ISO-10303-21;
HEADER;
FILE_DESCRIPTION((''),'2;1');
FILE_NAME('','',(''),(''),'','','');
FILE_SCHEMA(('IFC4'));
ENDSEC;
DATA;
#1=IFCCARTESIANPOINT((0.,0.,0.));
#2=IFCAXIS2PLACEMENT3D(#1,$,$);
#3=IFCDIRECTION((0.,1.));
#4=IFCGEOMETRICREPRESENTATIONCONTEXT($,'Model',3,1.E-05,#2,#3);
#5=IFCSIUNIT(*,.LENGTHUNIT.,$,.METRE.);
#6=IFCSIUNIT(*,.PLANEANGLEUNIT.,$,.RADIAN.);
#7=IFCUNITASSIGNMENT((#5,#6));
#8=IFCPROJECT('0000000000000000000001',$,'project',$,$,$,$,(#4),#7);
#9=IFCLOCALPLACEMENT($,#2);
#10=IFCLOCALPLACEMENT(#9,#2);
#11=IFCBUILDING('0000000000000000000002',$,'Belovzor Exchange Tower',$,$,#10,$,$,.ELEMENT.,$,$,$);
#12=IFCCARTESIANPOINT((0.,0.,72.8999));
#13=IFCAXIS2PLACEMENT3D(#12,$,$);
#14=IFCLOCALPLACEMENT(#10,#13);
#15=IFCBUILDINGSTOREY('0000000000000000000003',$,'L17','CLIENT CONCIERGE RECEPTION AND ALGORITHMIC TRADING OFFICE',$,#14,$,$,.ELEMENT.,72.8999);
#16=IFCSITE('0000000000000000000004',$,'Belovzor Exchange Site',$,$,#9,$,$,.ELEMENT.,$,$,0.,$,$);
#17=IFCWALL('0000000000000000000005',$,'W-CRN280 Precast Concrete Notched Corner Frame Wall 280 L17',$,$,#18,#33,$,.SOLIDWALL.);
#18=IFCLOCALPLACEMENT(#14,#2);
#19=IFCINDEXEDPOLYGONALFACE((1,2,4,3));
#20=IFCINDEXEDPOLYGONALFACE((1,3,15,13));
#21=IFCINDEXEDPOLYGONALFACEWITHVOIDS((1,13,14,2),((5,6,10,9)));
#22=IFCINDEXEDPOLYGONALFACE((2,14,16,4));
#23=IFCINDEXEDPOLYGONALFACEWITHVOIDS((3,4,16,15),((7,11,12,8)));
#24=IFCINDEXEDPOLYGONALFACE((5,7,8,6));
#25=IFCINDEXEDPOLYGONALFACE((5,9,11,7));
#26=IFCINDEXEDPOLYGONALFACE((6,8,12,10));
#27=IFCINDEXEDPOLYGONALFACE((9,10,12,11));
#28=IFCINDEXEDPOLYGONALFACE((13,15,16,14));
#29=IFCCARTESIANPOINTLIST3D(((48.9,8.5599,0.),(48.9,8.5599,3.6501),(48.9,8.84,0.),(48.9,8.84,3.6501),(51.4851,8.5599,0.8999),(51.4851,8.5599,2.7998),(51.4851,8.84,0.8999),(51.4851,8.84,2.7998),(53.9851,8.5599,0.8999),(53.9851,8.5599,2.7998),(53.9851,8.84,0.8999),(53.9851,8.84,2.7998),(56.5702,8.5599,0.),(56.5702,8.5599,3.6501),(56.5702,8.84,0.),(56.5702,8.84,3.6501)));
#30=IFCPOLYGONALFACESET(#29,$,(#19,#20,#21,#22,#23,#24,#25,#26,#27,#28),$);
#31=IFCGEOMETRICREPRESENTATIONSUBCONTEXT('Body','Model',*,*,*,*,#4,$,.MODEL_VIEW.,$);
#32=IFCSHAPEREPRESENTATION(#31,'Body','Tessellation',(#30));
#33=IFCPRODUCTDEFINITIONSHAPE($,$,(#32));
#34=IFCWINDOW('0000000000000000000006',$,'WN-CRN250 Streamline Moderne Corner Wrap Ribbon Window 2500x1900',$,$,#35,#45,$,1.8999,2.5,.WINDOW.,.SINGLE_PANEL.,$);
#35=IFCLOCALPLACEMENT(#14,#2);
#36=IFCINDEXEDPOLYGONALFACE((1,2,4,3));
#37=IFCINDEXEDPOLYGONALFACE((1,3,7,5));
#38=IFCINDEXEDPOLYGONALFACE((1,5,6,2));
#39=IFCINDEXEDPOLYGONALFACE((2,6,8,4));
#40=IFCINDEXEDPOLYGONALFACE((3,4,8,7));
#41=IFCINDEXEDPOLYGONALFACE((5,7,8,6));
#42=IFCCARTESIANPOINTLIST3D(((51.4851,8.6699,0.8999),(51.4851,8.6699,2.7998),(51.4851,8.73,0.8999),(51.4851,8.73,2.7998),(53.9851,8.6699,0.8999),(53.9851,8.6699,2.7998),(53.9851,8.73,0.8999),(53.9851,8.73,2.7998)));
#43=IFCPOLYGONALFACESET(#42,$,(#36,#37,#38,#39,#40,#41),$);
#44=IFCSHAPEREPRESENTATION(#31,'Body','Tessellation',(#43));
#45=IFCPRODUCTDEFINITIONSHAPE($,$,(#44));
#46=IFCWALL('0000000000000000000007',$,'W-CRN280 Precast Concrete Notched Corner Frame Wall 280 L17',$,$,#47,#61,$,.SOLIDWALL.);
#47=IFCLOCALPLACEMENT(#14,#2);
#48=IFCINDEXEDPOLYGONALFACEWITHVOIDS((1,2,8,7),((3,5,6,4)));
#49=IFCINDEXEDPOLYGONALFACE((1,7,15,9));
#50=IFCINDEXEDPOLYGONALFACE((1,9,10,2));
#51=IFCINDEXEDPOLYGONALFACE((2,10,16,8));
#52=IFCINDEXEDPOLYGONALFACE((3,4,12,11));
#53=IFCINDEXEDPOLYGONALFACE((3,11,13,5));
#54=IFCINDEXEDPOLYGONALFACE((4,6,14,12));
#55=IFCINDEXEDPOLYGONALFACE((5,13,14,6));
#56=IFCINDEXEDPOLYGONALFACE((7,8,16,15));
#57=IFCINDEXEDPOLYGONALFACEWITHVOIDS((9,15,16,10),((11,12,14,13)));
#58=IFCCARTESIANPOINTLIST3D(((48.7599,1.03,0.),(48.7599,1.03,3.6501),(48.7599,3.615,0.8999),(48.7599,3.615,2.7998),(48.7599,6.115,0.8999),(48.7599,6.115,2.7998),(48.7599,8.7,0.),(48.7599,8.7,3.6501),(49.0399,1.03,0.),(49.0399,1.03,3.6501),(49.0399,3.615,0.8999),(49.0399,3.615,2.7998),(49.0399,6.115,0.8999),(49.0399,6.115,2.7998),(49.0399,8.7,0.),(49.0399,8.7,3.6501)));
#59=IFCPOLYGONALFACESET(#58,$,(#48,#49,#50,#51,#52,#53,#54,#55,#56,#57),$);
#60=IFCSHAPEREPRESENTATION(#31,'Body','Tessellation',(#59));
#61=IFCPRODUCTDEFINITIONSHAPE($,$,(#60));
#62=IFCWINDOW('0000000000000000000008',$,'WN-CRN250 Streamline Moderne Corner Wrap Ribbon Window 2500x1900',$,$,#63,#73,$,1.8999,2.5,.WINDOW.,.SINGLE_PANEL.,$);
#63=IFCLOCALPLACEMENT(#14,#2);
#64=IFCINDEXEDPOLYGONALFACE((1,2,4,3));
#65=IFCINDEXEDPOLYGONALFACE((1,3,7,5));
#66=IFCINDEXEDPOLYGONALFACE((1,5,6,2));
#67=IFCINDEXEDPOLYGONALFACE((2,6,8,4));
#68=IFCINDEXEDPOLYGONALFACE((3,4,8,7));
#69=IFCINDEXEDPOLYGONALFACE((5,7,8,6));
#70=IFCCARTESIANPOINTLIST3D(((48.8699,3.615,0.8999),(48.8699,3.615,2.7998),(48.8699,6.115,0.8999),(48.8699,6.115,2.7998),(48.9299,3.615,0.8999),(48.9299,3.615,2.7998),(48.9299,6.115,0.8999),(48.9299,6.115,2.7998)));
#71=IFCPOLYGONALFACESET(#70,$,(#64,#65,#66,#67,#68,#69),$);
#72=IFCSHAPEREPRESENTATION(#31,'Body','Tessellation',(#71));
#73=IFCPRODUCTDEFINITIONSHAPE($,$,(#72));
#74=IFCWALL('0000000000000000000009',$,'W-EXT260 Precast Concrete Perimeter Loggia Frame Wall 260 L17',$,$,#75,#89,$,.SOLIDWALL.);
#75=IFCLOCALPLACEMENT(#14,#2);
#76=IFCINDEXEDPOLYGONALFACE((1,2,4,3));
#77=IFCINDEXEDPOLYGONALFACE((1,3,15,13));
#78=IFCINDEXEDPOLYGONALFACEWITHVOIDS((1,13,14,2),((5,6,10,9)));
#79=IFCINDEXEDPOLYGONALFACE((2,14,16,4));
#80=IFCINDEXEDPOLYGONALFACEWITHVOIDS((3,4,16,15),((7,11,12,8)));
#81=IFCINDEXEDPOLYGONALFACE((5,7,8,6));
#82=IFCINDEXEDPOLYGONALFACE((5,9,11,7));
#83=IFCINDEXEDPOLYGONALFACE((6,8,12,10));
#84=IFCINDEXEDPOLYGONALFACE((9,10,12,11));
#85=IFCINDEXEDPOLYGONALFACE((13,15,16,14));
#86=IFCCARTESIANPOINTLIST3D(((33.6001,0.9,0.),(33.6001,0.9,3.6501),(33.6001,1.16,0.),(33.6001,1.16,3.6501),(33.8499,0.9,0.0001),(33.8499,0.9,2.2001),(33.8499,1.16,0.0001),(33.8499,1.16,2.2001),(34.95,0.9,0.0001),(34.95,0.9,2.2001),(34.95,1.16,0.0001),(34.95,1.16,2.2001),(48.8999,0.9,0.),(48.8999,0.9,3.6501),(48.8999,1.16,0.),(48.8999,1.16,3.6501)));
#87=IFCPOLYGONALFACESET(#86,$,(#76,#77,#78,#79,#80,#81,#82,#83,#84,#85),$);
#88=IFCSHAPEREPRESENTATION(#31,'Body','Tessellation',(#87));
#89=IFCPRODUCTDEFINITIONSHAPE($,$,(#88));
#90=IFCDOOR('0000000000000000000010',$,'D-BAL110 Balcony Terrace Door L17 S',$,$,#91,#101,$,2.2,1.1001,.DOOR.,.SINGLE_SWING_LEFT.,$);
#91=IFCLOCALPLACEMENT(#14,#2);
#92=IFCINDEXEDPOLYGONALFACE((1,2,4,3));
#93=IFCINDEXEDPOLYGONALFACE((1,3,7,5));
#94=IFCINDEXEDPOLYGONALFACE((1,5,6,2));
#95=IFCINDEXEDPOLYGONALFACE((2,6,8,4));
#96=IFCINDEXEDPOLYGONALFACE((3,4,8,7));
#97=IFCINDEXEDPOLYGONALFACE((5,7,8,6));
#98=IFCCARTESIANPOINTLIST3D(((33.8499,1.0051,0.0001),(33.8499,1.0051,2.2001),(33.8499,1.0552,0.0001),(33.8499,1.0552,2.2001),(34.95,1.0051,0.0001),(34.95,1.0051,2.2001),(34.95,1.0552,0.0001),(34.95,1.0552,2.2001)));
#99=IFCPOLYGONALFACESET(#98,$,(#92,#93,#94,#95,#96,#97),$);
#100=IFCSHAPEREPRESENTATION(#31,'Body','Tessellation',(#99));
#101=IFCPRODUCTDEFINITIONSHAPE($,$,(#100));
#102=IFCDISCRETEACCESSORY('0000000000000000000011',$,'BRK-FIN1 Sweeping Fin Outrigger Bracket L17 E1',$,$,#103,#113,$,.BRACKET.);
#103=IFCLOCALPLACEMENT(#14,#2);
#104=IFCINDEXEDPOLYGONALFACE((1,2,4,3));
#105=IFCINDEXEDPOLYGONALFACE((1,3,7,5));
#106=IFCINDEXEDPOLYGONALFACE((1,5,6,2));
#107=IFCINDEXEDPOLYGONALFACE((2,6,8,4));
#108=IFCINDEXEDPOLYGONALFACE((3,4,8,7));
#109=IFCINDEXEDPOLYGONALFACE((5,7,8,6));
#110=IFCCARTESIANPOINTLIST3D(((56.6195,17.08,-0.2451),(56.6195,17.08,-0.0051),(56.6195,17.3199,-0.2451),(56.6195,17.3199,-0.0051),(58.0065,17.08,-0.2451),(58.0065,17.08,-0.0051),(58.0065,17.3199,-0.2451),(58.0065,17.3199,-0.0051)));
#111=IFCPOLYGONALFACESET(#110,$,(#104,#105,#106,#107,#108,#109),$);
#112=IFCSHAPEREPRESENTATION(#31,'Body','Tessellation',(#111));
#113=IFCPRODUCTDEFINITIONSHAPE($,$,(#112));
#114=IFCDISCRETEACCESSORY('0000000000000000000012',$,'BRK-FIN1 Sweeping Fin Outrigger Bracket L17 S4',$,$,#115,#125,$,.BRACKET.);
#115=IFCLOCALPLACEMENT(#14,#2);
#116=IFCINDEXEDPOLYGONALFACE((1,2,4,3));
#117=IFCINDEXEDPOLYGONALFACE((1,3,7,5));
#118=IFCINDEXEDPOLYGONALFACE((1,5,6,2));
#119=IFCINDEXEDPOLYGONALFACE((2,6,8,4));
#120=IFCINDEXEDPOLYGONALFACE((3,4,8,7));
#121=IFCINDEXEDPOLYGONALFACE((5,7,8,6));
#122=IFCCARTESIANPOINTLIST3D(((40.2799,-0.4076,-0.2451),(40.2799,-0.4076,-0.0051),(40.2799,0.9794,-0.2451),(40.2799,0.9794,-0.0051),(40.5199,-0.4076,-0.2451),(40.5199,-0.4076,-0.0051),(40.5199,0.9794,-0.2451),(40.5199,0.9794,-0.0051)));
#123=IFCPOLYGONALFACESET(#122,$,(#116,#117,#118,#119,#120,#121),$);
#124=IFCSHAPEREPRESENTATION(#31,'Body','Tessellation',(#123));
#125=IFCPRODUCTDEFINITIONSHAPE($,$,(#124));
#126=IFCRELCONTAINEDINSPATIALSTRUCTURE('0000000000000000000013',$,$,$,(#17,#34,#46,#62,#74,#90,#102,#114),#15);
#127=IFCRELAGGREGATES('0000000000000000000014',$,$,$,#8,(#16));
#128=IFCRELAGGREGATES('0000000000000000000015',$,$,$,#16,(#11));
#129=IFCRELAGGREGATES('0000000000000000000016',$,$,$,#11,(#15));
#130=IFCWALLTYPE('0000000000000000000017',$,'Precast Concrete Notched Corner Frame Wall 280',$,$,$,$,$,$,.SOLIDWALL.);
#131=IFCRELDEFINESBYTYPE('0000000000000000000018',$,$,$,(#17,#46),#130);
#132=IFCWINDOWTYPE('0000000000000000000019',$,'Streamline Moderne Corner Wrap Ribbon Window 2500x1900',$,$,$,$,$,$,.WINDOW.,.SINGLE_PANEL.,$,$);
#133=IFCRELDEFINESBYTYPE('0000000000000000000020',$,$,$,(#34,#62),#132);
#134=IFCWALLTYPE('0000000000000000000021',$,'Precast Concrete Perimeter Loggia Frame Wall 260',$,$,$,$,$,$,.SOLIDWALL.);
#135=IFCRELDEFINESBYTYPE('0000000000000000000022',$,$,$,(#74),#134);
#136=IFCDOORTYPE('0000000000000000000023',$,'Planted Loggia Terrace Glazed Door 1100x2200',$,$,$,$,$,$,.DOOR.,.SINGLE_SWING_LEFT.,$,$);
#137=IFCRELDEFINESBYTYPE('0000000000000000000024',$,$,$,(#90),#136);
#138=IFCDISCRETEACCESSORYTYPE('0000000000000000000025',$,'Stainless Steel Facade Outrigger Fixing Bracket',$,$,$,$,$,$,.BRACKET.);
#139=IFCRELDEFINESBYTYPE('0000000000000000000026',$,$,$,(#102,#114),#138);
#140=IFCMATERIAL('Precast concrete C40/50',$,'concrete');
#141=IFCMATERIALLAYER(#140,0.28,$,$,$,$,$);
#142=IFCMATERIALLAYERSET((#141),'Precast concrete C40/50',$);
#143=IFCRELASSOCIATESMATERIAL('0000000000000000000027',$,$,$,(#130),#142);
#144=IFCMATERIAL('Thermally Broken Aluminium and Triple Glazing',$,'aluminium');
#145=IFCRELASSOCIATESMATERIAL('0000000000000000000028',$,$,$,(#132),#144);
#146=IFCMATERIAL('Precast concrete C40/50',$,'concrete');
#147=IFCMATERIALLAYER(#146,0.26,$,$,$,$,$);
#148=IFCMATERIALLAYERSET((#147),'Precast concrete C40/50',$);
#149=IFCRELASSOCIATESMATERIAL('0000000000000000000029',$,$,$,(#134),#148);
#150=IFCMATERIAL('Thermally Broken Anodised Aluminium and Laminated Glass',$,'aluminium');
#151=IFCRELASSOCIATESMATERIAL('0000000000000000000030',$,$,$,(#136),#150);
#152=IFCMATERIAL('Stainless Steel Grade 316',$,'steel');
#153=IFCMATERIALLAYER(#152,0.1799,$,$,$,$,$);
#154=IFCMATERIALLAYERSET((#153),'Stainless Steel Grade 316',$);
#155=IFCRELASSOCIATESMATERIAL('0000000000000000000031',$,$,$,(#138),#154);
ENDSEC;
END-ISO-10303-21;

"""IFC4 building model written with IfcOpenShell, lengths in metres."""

from ifc_helpers import new_model, si_unit, direction, frame, frame_2d, origin, origin_2d, place, context, subcontext, project, spatial, rectangle, extrude, material, layer, layer_set, type_object, element, fill, save


model = new_model("IFC4")

# Units and contexts
model_context = context("Model", 3, precision=1e-05, world=origin(), true_north=direction((0.0, 1.0)))
body_context = subcontext(model_context, "Body", "Model", "MODEL_VIEW")
ifc_project = project(units=[si_unit("LENGTHUNIT", "METRE"), si_unit("PLANEANGLEUNIT", "RADIAN")], contexts=[model_context])

# Site, building, storey
site_placement = place(None, origin())
site = spatial("IfcSite", under=ifc_project, at=site_placement, Name="Belovzor Exchange Site", CompositionType="ELEMENT", RefElevation=0.0)
building_placement = place(site_placement, origin())
building = spatial("IfcBuilding", under=site, at=building_placement, Name="Belovzor Exchange Tower", CompositionType="ELEMENT")
storey_placement = place(building_placement, frame((0.0, 0.0, 72.8999)))
storey = spatial("IfcBuildingStorey", under=building, at=storey_placement, Name="L17", Description="CLIENT CONCIERGE RECEPTION AND ALGORITHMIC TRADING OFFICE", CompositionType="ELEMENT", Elevation=72.8999)

# Walls, openings, windows
ifc_material_1 = material(Name="Precast concrete C40/50", Category="concrete")
ifc_layer_1 = layer(ifc_material_1, 0.28)
ifc_layer_set_1 = layer_set([ifc_layer_1], Name="Precast concrete C40/50")
wall_type_1 = type_object("IfcWallType", Name="Precast Concrete Notched Corner Frame Wall 280", PredefinedType="SOLIDWALL", material=ifc_layer_set_1)
wall_1_placement = place(storey_placement, frame((56.5701, 8.7, 0.0), z_axis=(0.0, 0.0, 1.0), x_axis=(-1.0, 0.0, 0.0)))
wall_1 = element("IfcWall", 1, at=wall_1_placement, inside=storey, type_object=wall_type_1, Name="W-CRN280 Precast Concrete Notched Corner Frame Wall 280 L17", PredefinedType="SOLIDWALL", context=body_context, shape_type="SweptSolid", body=[
    extrude(rectangle(XDim=7.6702, YDim=0.28, at=frame_2d((3.835, 0.0))), origin(), (0.0, 0.0, 1.0), 3.6501),
])
opening_1_placement = place(wall_1_placement, frame((2.585, 0.0, 0.8999)))
opening_1 = element("IfcOpeningElement", 2, at=opening_1_placement, cuts=wall_1, PredefinedType="OPENING", context=body_context, shape_type="SweptSolid", body=[
    extrude(rectangle(XDim=2.5, YDim=1.8999, at=frame_2d((1.25, 0.95))), frame((0.0, 0.1499, 0.0), z_axis=(0.0, -1.0, 0.0), x_axis=(1.0, 0.0, 0.0)), (0.0, 0.0, 1.0), 0.3),
])
ifc_material_2 = material(Name="Thermally Broken Aluminium and Triple Glazing", Category="aluminium")
window_type = type_object("IfcWindowType", Name="Streamline Moderne Corner Wrap Ribbon Window 2500x1900", PartitioningType="SINGLE_PANEL", PredefinedType="WINDOW", material=ifc_material_2)
window_1_placement = place(opening_1_placement, origin())
window_1 = element("IfcWindow", 3, at=window_1_placement, inside=storey, type_object=window_type, Name="WN-CRN250 Streamline Moderne Corner Wrap Ribbon Window 2500x1900", OverallHeight=1.8999, OverallWidth=2.5, PartitioningType="SINGLE_PANEL", PredefinedType="WINDOW", context=body_context, shape_type="SweptSolid", body=[
    extrude(rectangle(XDim=2.5, YDim=1.8999, at=frame_2d((1.25, 0.95))), frame((0.0, 0.03, 0.0), z_axis=(0.0, -1.0, 0.0), x_axis=(1.0, 0.0, 0.0)), (0.0, 0.0, 1.0), 0.0601),
])
fill(opening_1, window_1)
wall_2_placement = place(storey_placement, frame((48.8999, 8.7, 0.0), z_axis=(0.0, 0.0, 1.0), x_axis=(0.0, -1.0, 0.0)))
wall_2 = element("IfcWall", 4, at=wall_2_placement, inside=storey, type_object=wall_type_1, Name="W-CRN280 Precast Concrete Notched Corner Frame Wall 280 L17", PredefinedType="SOLIDWALL", context=body_context, shape_type="SweptSolid", body=[
    extrude(rectangle(XDim=7.6699, YDim=0.28, at=frame_2d((3.835, 0.0))), origin(), (0.0, 0.0, 1.0), 3.6501),
])
opening_2_placement = place(wall_2_placement, frame((2.585, 0.0, 0.8999)))
opening_2 = element("IfcOpeningElement", 5, at=opening_2_placement, cuts=wall_2, PredefinedType="OPENING", context=body_context, shape_type="SweptSolid", body=[
    extrude(rectangle(XDim=2.5, YDim=1.8999, at=frame_2d((1.25, 0.95))), frame((0.0, 0.1499, 0.0), z_axis=(0.0, -1.0, 0.0), x_axis=(1.0, 0.0, 0.0)), (0.0, 0.0, 1.0), 0.3),
])
window_2_placement = place(opening_2_placement, origin())
window_2 = element("IfcWindow", 6, at=window_2_placement, inside=storey, type_object=window_type, Name="WN-CRN250 Streamline Moderne Corner Wrap Ribbon Window 2500x1900", OverallHeight=1.8999, OverallWidth=2.5, PartitioningType="SINGLE_PANEL", PredefinedType="WINDOW", context=body_context, shape_type="SweptSolid", body=[
    extrude(rectangle(XDim=2.5, YDim=1.8999, at=frame_2d((1.25, 0.95))), frame((0.0, 0.03, 0.0), z_axis=(0.0, -1.0, 0.0), x_axis=(1.0, 0.0, 0.0)), (0.0, 0.0, 1.0), 0.0601),
])
fill(opening_2, window_2)

# Wall, opening, door
ifc_material_3 = material(Name="Precast concrete C40/50", Category="concrete")
ifc_layer_2 = layer(ifc_material_3, 0.26)
ifc_layer_set_2 = layer_set([ifc_layer_2], Name="Precast concrete C40/50")
wall_type_2 = type_object("IfcWallType", Name="Precast Concrete Perimeter Loggia Frame Wall 260", PredefinedType="SOLIDWALL", material=ifc_layer_set_2)
wall_3_placement = place(storey_placement, frame((48.8999, 1.03, 0.0), z_axis=(0.0, 0.0, 1.0), x_axis=(-1.0, 0.0, 0.0)))
wall_3 = element("IfcWall", 7, at=wall_3_placement, inside=storey, type_object=wall_type_2, Name="W-EXT260 Precast Concrete Perimeter Loggia Frame Wall 260 L17", PredefinedType="SOLIDWALL", context=body_context, shape_type="SweptSolid", body=[
    extrude(rectangle(XDim=15.2998, YDim=0.26, at=frame_2d((7.6499, 0.0))), origin(), (0.0, 0.0, 1.0), 3.6501),
])
opening_3_placement = place(wall_3_placement, frame((13.95, 0.0, 0.0)))
opening_3 = element("IfcOpeningElement", 8, at=opening_3_placement, cuts=wall_3, PredefinedType="OPENING", context=body_context, shape_type="SweptSolid", body=[
    extrude(rectangle(XDim=1.1001, YDim=2.2, at=frame_2d((0.55, 1.1001))), frame((0.0, 0.1399, 0.0), z_axis=(0.0, -1.0, 0.0), x_axis=(1.0, 0.0, 0.0)), (0.0, 0.0, 1.0), 0.28),
])
ifc_material_4 = material(Name="Thermally Broken Anodised Aluminium and Laminated Glass", Category="aluminium")
door_type_1 = type_object("IfcDoorType", Name="Planted Loggia Terrace Glazed Door 1100x2200", OperationType="SINGLE_SWING_LEFT", PredefinedType="DOOR", material=ifc_material_4)
door_1_placement = place(opening_3_placement, origin())
door_1 = element("IfcDoor", 9, at=door_1_placement, inside=storey, type_object=door_type_1, Name="D-BAL110 Balcony Terrace Door L17 S", OperationType="SINGLE_SWING_LEFT", OverallHeight=2.2, OverallWidth=1.1001, PredefinedType="DOOR", context=body_context, shape_type="SweptSolid", body=[
    extrude(rectangle(XDim=1.1001, YDim=2.2, at=frame_2d((0.55, 1.1001))), frame((0.0, 0.0249, 0.0), z_axis=(0.0, -1.0, 0.0), x_axis=(1.0, 0.0, 0.0)), (0.0, 0.0, 1.0), 0.05),
])
fill(opening_3, door_1)

# Discrete accessories
ifc_material_5 = material(Name="Stainless Steel Grade 316", Category="steel")
ifc_layer_3 = layer(ifc_material_5, 0.1799)
ifc_layer_set_3 = layer_set([ifc_layer_3], Name="Stainless Steel Grade 316")
discrete_accessory_type = type_object("IfcDiscreteAccessoryType", Name="Stainless Steel Facade Outrigger Fixing Bracket", PredefinedType="BRACKET", material=ifc_layer_set_3)
for number, where, z_axis, x_axis, name in (
    (10, (57.313, 17.2, -0.2451), (0.0, 0.0, 1.0), (1.0, 0.0, 0.0), "BRK-FIN1 Sweeping Fin Outrigger Bracket L17 E1"),
    (11, (40.3999, 0.2859, -0.2451), (0.0, 0.0, 1.0), (0.0, 1.0, 0.0), "BRK-FIN1 Sweeping Fin Outrigger Bracket L17 S4"),
):
    element("IfcDiscreteAccessory", number, at=place(storey_placement, frame(where, z_axis=z_axis, x_axis=x_axis)), inside=storey, type_object=discrete_accessory_type, Name=name, PredefinedType="BRACKET", context=body_context, shape_type="SweptSolid", body=[
        extrude(rectangle(XDim=1.387, YDim=0.24, at=origin_2d()), origin(), (0.0, 0.0, 1.0), 0.24),
    ])

save(model, "model.ifc")
